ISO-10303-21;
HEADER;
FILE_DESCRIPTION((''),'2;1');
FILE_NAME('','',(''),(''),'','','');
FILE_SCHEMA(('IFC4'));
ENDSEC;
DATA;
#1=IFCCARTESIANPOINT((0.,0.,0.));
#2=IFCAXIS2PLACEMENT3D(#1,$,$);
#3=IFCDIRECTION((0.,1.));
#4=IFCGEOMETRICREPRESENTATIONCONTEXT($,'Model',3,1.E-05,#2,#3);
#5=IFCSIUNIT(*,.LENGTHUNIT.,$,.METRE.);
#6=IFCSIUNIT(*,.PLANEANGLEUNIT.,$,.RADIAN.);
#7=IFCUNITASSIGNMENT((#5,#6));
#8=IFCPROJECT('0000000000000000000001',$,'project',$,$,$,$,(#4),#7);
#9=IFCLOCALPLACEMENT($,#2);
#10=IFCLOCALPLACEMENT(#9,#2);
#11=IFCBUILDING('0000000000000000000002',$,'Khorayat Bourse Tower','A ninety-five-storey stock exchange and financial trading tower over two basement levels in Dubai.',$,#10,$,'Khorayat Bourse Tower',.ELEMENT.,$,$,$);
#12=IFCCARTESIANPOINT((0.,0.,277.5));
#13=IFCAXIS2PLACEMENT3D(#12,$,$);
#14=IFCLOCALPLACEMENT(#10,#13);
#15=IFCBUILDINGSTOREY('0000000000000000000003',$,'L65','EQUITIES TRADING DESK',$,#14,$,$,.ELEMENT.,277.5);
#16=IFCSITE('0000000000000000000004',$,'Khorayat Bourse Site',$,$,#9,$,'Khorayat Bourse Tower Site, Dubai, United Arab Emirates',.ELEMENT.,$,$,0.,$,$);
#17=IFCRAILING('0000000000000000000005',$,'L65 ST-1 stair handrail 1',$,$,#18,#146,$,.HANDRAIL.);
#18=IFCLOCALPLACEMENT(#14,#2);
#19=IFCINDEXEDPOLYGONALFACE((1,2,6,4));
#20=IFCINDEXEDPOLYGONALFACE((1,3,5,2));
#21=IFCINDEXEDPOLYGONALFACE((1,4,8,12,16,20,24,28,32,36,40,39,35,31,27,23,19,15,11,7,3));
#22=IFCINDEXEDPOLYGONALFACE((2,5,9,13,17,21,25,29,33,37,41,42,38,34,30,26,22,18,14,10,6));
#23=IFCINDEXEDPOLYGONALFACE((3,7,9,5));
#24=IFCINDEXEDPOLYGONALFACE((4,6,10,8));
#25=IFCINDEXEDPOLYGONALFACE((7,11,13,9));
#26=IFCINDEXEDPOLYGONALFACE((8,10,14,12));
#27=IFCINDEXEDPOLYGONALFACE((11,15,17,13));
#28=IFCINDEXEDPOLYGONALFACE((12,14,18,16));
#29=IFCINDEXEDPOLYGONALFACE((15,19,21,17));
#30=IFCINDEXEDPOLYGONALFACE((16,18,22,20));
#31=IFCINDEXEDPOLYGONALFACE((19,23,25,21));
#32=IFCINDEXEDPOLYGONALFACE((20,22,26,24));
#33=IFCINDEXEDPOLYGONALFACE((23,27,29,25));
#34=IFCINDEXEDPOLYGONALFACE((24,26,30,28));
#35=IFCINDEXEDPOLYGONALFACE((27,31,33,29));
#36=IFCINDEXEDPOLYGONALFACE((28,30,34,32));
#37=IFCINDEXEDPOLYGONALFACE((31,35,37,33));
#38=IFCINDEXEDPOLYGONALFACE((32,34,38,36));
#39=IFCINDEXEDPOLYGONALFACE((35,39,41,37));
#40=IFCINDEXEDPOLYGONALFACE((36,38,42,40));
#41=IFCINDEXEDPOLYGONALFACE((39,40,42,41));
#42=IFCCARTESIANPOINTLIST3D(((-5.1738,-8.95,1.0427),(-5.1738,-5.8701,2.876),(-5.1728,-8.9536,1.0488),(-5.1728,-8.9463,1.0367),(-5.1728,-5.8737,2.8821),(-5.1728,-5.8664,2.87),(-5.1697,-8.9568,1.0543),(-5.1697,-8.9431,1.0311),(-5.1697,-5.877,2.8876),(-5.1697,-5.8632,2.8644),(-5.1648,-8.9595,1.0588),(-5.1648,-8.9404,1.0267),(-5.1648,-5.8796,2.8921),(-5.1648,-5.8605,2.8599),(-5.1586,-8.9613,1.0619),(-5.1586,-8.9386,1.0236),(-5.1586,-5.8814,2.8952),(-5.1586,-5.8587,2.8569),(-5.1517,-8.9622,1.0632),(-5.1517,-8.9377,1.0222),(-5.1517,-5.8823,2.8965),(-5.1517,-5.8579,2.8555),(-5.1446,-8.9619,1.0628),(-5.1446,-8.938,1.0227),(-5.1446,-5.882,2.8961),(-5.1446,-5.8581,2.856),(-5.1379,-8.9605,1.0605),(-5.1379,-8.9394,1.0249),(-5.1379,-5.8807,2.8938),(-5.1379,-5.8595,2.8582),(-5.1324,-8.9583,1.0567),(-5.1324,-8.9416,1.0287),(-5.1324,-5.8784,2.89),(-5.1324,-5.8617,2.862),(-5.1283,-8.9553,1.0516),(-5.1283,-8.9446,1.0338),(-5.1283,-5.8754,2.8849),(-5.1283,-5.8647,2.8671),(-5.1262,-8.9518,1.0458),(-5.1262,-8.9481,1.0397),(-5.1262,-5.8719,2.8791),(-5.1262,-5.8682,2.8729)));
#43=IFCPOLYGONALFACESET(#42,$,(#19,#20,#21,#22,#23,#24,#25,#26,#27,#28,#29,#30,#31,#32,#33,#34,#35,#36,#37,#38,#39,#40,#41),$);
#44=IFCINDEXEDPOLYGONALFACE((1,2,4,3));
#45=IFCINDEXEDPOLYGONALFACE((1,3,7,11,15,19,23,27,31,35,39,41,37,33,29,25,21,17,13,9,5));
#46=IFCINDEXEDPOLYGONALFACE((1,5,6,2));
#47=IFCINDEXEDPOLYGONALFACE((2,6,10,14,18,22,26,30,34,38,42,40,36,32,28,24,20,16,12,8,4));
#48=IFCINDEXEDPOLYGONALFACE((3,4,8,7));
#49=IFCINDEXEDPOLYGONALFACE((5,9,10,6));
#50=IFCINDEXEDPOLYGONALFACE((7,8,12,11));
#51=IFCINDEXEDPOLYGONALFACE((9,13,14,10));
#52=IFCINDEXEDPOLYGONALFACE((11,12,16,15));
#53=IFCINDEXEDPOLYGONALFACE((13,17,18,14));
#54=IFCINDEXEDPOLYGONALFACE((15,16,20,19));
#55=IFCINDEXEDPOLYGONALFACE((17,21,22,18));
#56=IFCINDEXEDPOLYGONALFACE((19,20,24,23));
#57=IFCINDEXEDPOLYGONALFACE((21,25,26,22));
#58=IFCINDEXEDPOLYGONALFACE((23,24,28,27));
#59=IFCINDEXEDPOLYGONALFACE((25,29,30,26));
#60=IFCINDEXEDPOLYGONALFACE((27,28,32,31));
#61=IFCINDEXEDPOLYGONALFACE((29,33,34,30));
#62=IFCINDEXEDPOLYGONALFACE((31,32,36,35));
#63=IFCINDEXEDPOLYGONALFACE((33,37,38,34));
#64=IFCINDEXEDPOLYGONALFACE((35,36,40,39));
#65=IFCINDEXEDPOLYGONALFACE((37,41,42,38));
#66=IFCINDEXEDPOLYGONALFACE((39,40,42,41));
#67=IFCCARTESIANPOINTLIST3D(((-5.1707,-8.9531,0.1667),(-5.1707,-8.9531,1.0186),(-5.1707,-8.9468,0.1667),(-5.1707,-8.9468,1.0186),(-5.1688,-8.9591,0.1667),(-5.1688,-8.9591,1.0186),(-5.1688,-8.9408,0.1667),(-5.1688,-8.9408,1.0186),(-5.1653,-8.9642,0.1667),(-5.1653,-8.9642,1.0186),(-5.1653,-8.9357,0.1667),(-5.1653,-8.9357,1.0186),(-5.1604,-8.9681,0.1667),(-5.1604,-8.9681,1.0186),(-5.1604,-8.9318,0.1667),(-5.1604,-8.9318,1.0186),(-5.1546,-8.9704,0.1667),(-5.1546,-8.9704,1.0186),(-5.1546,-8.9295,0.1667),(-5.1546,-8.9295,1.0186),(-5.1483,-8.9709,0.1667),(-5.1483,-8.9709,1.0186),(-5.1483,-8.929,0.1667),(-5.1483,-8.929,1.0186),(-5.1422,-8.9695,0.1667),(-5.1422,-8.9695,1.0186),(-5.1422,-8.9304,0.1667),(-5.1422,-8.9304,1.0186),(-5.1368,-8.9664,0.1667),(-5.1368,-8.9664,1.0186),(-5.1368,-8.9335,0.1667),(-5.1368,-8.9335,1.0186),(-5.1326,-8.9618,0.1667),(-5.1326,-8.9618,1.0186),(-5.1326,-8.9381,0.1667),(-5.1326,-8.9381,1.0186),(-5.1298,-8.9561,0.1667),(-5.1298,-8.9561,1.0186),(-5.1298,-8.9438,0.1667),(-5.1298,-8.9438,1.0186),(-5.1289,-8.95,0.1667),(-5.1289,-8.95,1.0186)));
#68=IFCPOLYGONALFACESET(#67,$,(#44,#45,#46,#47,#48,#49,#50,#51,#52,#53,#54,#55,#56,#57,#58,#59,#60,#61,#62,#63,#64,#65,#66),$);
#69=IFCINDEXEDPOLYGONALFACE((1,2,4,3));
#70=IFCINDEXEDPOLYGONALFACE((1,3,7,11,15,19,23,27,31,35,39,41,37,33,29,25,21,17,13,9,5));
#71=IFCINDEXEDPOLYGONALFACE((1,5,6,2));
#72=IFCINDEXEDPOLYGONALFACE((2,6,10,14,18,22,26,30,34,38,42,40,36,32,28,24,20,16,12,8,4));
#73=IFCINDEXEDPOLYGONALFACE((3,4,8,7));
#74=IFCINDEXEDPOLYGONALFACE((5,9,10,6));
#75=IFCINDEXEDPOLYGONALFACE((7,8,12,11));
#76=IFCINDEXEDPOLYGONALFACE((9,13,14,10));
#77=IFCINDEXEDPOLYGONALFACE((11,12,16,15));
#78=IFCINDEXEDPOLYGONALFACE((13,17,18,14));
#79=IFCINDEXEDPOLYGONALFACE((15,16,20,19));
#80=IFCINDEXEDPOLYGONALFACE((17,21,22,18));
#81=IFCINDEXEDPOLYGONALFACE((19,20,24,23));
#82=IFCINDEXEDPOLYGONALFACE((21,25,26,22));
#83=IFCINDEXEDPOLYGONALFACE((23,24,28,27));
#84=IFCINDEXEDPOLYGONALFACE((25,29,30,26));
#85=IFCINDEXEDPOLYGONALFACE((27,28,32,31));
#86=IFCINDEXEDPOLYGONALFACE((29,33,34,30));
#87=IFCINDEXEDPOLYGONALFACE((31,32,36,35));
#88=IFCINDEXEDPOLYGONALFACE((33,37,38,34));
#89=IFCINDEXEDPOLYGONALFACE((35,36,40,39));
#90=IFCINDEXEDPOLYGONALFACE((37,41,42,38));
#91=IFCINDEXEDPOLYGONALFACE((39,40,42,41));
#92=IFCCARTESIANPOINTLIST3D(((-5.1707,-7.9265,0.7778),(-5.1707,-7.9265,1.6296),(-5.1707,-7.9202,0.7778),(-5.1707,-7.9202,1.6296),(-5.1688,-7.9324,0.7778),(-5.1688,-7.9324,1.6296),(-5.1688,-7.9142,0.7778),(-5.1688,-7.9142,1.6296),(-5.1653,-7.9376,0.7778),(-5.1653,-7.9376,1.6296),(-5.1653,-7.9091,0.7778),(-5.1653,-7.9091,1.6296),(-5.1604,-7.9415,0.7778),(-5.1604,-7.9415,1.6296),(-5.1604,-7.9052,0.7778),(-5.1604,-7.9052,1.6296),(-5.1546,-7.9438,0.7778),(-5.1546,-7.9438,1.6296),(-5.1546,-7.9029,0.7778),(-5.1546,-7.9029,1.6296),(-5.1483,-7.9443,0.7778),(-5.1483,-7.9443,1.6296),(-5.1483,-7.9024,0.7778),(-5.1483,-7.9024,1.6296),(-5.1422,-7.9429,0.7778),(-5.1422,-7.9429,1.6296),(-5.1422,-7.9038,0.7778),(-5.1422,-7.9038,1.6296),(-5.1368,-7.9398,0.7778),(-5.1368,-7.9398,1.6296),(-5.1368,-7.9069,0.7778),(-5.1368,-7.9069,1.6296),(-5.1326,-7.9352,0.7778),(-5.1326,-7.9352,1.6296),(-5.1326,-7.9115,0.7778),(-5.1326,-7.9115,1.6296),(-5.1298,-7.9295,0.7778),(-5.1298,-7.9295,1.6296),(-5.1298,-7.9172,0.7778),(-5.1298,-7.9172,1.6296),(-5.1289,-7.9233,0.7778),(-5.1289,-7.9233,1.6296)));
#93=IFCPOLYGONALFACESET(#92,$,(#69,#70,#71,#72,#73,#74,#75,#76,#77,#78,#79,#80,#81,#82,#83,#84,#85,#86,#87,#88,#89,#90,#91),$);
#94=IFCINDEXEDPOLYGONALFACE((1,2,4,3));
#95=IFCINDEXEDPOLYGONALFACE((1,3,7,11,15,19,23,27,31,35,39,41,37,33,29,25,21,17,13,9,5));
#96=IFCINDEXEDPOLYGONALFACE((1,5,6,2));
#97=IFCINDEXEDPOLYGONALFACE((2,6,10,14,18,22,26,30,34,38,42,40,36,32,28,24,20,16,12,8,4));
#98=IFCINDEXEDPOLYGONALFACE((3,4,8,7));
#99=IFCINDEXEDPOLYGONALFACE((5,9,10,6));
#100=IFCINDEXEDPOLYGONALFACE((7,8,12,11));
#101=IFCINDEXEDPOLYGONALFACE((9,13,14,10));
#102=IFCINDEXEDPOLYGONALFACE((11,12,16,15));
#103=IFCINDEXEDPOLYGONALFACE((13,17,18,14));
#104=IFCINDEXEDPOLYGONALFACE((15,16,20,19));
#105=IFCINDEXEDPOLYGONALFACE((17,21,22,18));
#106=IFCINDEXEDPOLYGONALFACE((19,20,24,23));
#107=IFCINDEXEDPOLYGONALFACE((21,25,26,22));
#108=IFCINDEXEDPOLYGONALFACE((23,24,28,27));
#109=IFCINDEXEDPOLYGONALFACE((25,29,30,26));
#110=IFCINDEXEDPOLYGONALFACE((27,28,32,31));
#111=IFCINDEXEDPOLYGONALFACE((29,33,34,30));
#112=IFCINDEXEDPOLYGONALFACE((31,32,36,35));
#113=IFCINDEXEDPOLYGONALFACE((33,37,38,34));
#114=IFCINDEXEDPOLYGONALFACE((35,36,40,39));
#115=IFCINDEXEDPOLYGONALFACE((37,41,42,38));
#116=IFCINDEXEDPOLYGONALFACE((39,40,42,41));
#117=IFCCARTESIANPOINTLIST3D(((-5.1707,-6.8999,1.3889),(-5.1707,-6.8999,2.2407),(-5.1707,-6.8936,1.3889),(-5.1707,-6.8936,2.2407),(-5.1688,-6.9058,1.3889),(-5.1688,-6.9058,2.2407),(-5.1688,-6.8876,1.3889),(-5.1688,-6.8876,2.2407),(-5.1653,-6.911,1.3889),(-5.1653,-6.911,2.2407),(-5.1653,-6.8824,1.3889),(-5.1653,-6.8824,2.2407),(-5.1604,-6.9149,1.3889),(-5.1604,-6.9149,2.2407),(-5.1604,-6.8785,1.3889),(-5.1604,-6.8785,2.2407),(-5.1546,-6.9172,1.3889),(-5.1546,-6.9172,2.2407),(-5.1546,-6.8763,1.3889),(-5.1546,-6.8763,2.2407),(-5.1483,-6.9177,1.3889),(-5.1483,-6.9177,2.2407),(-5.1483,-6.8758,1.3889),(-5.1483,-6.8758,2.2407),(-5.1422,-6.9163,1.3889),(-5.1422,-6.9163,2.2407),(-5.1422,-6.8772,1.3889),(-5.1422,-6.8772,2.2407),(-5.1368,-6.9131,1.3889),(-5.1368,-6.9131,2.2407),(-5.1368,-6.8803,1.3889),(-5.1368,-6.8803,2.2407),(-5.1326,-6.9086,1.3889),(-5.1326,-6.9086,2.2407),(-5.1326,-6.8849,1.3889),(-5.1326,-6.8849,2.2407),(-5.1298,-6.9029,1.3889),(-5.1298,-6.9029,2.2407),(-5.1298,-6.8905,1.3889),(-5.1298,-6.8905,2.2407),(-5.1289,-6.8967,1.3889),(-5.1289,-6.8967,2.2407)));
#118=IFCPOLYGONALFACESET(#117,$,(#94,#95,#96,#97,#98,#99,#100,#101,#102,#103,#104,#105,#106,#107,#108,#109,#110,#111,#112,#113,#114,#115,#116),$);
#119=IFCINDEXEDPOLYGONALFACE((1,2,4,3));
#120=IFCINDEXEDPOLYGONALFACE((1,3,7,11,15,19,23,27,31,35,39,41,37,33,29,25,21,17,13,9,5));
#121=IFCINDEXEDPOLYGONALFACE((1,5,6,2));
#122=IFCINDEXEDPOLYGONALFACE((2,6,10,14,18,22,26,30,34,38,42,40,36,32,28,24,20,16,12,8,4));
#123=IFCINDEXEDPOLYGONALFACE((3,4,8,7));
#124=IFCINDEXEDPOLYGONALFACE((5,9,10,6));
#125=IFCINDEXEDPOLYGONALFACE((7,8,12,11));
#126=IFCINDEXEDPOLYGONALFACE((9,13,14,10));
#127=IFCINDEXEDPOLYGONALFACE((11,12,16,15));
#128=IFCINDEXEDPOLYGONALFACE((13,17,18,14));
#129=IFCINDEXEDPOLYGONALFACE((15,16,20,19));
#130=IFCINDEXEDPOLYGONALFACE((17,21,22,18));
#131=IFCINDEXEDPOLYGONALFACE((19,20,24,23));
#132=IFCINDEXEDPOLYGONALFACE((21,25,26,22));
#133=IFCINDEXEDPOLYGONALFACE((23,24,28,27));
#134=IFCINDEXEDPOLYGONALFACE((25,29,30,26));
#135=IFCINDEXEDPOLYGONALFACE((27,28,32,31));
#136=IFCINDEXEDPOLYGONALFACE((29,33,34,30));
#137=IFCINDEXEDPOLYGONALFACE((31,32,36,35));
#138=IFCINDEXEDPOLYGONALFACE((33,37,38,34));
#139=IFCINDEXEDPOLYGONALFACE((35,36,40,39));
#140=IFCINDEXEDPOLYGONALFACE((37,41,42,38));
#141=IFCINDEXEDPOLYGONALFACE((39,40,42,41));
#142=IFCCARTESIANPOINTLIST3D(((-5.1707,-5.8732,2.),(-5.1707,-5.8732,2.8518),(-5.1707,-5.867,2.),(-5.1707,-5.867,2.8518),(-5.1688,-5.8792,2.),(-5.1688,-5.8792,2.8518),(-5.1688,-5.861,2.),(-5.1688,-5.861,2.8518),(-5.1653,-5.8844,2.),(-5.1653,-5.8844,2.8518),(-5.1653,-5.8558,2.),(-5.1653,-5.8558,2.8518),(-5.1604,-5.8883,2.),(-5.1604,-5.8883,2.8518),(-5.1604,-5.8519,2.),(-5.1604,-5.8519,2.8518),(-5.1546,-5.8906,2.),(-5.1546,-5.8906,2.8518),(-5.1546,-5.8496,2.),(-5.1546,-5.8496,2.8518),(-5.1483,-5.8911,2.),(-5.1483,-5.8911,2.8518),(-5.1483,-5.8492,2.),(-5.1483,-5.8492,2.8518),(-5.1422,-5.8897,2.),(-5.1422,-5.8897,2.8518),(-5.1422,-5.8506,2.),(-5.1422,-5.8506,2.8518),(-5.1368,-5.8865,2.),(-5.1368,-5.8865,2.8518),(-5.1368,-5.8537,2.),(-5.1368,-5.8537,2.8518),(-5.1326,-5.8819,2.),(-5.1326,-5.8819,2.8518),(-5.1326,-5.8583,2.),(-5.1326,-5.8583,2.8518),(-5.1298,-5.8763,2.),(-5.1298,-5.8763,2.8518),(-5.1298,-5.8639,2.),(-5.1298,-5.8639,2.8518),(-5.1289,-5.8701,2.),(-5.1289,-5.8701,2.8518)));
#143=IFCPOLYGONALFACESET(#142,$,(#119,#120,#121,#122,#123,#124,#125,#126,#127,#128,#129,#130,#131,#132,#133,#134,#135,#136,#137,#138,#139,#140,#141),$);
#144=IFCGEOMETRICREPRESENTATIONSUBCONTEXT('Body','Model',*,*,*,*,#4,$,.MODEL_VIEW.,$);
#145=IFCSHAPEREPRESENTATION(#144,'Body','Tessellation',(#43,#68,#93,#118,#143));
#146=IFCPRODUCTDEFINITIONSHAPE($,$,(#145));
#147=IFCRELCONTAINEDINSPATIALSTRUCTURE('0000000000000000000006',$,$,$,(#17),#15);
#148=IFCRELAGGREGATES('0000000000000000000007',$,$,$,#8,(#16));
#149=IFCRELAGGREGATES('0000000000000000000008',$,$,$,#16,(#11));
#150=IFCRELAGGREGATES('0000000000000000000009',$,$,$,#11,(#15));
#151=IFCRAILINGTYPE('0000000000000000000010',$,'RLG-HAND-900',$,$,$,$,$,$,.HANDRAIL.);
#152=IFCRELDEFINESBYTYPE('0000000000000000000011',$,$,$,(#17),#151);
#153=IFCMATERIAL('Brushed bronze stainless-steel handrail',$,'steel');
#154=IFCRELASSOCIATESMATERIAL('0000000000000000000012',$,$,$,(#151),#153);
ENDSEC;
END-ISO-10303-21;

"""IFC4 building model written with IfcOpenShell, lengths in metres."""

from ifc_helpers import new_model, si_unit, direction, frame, origin, origin_2d, place, context, subcontext, project, spatial, circle, extrude, source, transform, mapped, material, type_object, element, save


model = new_model("IFC4")

# Units and contexts
model_context = context("Model", 3, precision=1e-05, world=origin(), true_north=direction((0.0, 1.0)))
body_context = subcontext(model_context, "Body", "Model", "MODEL_VIEW")
ifc_project = project(units=[si_unit("LENGTHUNIT", "METRE"), si_unit("PLANEANGLEUNIT", "RADIAN")], contexts=[model_context])

# Site, building, storey
site_placement = place(None, origin())
site = spatial("IfcSite", under=ifc_project, at=site_placement, Name="Khorayat Bourse Site", LongName="Khorayat Bourse Tower Site, Dubai, United Arab Emirates", CompositionType="ELEMENT", RefElevation=0.0)
building_placement = place(site_placement, origin())
building = spatial("IfcBuilding", under=site, at=building_placement, Name="Khorayat Bourse Tower", Description="A ninety-five-storey stock exchange and financial trading tower over two basement levels in Dubai.", LongName="Khorayat Bourse Tower", CompositionType="ELEMENT")
storey_placement = place(building_placement, frame((0.0, 0.0, 277.5)))
storey = spatial("IfcBuildingStorey", under=building, at=storey_placement, Name="L65", Description="EQUITIES TRADING DESK", CompositionType="ELEMENT", Elevation=277.5)

# Railing
ifc_material_1 = material(Name="Brushed bronze stainless-steel handrail", Category="steel")
railing_type_1 = type_object("IfcRailingType", Name="RLG-HAND-900", PredefinedType="HANDRAIL", material=ifc_material_1)
shared_shape_1 = source(origin(), body_context, "Body", "SweptSolid", [
    extrude(circle(Radius=0.0239, at=origin_2d()), frame((0.0, 0.0, 0.876), z_axis=(0.0, 0.859291, 0.511487), x_axis=(-1.0, 0.0, 0.0)), (0.0, 0.0, 1.0), 3.5842),
    extrude(circle(Radius=0.021, at=origin_2d()), origin(), (0.0, 0.0, 1.0), 0.8518),
    extrude(circle(Radius=0.021, at=origin_2d()), frame((0.0, 1.0266, 0.6111)), (0.0, 0.0, 1.0), 0.8518),
    extrude(circle(Radius=0.021, at=origin_2d()), frame((0.0, 2.0532, 1.2222)), (0.0, 0.0, 1.0), 0.8518),
    extrude(circle(Radius=0.021, at=origin_2d()), frame((0.0, 3.0798, 1.8333)), (0.0, 0.0, 1.0), 0.8518),
])
railing_1_placement = place(storey_placement, frame((-5.1499, -8.95, 0.1667)))
element("IfcRailing", 1, at=railing_1_placement, inside=storey, type_object=railing_type_1, Name="L65 ST-1 stair handrail 1", PredefinedType="HANDRAIL", context=body_context, shape_type="MappedRepresentation", body=[
    mapped(shared_shape_1, transform((0.0, 0.0, 0.0), scale=1.0)),
])

save(model, "model.ifc")
